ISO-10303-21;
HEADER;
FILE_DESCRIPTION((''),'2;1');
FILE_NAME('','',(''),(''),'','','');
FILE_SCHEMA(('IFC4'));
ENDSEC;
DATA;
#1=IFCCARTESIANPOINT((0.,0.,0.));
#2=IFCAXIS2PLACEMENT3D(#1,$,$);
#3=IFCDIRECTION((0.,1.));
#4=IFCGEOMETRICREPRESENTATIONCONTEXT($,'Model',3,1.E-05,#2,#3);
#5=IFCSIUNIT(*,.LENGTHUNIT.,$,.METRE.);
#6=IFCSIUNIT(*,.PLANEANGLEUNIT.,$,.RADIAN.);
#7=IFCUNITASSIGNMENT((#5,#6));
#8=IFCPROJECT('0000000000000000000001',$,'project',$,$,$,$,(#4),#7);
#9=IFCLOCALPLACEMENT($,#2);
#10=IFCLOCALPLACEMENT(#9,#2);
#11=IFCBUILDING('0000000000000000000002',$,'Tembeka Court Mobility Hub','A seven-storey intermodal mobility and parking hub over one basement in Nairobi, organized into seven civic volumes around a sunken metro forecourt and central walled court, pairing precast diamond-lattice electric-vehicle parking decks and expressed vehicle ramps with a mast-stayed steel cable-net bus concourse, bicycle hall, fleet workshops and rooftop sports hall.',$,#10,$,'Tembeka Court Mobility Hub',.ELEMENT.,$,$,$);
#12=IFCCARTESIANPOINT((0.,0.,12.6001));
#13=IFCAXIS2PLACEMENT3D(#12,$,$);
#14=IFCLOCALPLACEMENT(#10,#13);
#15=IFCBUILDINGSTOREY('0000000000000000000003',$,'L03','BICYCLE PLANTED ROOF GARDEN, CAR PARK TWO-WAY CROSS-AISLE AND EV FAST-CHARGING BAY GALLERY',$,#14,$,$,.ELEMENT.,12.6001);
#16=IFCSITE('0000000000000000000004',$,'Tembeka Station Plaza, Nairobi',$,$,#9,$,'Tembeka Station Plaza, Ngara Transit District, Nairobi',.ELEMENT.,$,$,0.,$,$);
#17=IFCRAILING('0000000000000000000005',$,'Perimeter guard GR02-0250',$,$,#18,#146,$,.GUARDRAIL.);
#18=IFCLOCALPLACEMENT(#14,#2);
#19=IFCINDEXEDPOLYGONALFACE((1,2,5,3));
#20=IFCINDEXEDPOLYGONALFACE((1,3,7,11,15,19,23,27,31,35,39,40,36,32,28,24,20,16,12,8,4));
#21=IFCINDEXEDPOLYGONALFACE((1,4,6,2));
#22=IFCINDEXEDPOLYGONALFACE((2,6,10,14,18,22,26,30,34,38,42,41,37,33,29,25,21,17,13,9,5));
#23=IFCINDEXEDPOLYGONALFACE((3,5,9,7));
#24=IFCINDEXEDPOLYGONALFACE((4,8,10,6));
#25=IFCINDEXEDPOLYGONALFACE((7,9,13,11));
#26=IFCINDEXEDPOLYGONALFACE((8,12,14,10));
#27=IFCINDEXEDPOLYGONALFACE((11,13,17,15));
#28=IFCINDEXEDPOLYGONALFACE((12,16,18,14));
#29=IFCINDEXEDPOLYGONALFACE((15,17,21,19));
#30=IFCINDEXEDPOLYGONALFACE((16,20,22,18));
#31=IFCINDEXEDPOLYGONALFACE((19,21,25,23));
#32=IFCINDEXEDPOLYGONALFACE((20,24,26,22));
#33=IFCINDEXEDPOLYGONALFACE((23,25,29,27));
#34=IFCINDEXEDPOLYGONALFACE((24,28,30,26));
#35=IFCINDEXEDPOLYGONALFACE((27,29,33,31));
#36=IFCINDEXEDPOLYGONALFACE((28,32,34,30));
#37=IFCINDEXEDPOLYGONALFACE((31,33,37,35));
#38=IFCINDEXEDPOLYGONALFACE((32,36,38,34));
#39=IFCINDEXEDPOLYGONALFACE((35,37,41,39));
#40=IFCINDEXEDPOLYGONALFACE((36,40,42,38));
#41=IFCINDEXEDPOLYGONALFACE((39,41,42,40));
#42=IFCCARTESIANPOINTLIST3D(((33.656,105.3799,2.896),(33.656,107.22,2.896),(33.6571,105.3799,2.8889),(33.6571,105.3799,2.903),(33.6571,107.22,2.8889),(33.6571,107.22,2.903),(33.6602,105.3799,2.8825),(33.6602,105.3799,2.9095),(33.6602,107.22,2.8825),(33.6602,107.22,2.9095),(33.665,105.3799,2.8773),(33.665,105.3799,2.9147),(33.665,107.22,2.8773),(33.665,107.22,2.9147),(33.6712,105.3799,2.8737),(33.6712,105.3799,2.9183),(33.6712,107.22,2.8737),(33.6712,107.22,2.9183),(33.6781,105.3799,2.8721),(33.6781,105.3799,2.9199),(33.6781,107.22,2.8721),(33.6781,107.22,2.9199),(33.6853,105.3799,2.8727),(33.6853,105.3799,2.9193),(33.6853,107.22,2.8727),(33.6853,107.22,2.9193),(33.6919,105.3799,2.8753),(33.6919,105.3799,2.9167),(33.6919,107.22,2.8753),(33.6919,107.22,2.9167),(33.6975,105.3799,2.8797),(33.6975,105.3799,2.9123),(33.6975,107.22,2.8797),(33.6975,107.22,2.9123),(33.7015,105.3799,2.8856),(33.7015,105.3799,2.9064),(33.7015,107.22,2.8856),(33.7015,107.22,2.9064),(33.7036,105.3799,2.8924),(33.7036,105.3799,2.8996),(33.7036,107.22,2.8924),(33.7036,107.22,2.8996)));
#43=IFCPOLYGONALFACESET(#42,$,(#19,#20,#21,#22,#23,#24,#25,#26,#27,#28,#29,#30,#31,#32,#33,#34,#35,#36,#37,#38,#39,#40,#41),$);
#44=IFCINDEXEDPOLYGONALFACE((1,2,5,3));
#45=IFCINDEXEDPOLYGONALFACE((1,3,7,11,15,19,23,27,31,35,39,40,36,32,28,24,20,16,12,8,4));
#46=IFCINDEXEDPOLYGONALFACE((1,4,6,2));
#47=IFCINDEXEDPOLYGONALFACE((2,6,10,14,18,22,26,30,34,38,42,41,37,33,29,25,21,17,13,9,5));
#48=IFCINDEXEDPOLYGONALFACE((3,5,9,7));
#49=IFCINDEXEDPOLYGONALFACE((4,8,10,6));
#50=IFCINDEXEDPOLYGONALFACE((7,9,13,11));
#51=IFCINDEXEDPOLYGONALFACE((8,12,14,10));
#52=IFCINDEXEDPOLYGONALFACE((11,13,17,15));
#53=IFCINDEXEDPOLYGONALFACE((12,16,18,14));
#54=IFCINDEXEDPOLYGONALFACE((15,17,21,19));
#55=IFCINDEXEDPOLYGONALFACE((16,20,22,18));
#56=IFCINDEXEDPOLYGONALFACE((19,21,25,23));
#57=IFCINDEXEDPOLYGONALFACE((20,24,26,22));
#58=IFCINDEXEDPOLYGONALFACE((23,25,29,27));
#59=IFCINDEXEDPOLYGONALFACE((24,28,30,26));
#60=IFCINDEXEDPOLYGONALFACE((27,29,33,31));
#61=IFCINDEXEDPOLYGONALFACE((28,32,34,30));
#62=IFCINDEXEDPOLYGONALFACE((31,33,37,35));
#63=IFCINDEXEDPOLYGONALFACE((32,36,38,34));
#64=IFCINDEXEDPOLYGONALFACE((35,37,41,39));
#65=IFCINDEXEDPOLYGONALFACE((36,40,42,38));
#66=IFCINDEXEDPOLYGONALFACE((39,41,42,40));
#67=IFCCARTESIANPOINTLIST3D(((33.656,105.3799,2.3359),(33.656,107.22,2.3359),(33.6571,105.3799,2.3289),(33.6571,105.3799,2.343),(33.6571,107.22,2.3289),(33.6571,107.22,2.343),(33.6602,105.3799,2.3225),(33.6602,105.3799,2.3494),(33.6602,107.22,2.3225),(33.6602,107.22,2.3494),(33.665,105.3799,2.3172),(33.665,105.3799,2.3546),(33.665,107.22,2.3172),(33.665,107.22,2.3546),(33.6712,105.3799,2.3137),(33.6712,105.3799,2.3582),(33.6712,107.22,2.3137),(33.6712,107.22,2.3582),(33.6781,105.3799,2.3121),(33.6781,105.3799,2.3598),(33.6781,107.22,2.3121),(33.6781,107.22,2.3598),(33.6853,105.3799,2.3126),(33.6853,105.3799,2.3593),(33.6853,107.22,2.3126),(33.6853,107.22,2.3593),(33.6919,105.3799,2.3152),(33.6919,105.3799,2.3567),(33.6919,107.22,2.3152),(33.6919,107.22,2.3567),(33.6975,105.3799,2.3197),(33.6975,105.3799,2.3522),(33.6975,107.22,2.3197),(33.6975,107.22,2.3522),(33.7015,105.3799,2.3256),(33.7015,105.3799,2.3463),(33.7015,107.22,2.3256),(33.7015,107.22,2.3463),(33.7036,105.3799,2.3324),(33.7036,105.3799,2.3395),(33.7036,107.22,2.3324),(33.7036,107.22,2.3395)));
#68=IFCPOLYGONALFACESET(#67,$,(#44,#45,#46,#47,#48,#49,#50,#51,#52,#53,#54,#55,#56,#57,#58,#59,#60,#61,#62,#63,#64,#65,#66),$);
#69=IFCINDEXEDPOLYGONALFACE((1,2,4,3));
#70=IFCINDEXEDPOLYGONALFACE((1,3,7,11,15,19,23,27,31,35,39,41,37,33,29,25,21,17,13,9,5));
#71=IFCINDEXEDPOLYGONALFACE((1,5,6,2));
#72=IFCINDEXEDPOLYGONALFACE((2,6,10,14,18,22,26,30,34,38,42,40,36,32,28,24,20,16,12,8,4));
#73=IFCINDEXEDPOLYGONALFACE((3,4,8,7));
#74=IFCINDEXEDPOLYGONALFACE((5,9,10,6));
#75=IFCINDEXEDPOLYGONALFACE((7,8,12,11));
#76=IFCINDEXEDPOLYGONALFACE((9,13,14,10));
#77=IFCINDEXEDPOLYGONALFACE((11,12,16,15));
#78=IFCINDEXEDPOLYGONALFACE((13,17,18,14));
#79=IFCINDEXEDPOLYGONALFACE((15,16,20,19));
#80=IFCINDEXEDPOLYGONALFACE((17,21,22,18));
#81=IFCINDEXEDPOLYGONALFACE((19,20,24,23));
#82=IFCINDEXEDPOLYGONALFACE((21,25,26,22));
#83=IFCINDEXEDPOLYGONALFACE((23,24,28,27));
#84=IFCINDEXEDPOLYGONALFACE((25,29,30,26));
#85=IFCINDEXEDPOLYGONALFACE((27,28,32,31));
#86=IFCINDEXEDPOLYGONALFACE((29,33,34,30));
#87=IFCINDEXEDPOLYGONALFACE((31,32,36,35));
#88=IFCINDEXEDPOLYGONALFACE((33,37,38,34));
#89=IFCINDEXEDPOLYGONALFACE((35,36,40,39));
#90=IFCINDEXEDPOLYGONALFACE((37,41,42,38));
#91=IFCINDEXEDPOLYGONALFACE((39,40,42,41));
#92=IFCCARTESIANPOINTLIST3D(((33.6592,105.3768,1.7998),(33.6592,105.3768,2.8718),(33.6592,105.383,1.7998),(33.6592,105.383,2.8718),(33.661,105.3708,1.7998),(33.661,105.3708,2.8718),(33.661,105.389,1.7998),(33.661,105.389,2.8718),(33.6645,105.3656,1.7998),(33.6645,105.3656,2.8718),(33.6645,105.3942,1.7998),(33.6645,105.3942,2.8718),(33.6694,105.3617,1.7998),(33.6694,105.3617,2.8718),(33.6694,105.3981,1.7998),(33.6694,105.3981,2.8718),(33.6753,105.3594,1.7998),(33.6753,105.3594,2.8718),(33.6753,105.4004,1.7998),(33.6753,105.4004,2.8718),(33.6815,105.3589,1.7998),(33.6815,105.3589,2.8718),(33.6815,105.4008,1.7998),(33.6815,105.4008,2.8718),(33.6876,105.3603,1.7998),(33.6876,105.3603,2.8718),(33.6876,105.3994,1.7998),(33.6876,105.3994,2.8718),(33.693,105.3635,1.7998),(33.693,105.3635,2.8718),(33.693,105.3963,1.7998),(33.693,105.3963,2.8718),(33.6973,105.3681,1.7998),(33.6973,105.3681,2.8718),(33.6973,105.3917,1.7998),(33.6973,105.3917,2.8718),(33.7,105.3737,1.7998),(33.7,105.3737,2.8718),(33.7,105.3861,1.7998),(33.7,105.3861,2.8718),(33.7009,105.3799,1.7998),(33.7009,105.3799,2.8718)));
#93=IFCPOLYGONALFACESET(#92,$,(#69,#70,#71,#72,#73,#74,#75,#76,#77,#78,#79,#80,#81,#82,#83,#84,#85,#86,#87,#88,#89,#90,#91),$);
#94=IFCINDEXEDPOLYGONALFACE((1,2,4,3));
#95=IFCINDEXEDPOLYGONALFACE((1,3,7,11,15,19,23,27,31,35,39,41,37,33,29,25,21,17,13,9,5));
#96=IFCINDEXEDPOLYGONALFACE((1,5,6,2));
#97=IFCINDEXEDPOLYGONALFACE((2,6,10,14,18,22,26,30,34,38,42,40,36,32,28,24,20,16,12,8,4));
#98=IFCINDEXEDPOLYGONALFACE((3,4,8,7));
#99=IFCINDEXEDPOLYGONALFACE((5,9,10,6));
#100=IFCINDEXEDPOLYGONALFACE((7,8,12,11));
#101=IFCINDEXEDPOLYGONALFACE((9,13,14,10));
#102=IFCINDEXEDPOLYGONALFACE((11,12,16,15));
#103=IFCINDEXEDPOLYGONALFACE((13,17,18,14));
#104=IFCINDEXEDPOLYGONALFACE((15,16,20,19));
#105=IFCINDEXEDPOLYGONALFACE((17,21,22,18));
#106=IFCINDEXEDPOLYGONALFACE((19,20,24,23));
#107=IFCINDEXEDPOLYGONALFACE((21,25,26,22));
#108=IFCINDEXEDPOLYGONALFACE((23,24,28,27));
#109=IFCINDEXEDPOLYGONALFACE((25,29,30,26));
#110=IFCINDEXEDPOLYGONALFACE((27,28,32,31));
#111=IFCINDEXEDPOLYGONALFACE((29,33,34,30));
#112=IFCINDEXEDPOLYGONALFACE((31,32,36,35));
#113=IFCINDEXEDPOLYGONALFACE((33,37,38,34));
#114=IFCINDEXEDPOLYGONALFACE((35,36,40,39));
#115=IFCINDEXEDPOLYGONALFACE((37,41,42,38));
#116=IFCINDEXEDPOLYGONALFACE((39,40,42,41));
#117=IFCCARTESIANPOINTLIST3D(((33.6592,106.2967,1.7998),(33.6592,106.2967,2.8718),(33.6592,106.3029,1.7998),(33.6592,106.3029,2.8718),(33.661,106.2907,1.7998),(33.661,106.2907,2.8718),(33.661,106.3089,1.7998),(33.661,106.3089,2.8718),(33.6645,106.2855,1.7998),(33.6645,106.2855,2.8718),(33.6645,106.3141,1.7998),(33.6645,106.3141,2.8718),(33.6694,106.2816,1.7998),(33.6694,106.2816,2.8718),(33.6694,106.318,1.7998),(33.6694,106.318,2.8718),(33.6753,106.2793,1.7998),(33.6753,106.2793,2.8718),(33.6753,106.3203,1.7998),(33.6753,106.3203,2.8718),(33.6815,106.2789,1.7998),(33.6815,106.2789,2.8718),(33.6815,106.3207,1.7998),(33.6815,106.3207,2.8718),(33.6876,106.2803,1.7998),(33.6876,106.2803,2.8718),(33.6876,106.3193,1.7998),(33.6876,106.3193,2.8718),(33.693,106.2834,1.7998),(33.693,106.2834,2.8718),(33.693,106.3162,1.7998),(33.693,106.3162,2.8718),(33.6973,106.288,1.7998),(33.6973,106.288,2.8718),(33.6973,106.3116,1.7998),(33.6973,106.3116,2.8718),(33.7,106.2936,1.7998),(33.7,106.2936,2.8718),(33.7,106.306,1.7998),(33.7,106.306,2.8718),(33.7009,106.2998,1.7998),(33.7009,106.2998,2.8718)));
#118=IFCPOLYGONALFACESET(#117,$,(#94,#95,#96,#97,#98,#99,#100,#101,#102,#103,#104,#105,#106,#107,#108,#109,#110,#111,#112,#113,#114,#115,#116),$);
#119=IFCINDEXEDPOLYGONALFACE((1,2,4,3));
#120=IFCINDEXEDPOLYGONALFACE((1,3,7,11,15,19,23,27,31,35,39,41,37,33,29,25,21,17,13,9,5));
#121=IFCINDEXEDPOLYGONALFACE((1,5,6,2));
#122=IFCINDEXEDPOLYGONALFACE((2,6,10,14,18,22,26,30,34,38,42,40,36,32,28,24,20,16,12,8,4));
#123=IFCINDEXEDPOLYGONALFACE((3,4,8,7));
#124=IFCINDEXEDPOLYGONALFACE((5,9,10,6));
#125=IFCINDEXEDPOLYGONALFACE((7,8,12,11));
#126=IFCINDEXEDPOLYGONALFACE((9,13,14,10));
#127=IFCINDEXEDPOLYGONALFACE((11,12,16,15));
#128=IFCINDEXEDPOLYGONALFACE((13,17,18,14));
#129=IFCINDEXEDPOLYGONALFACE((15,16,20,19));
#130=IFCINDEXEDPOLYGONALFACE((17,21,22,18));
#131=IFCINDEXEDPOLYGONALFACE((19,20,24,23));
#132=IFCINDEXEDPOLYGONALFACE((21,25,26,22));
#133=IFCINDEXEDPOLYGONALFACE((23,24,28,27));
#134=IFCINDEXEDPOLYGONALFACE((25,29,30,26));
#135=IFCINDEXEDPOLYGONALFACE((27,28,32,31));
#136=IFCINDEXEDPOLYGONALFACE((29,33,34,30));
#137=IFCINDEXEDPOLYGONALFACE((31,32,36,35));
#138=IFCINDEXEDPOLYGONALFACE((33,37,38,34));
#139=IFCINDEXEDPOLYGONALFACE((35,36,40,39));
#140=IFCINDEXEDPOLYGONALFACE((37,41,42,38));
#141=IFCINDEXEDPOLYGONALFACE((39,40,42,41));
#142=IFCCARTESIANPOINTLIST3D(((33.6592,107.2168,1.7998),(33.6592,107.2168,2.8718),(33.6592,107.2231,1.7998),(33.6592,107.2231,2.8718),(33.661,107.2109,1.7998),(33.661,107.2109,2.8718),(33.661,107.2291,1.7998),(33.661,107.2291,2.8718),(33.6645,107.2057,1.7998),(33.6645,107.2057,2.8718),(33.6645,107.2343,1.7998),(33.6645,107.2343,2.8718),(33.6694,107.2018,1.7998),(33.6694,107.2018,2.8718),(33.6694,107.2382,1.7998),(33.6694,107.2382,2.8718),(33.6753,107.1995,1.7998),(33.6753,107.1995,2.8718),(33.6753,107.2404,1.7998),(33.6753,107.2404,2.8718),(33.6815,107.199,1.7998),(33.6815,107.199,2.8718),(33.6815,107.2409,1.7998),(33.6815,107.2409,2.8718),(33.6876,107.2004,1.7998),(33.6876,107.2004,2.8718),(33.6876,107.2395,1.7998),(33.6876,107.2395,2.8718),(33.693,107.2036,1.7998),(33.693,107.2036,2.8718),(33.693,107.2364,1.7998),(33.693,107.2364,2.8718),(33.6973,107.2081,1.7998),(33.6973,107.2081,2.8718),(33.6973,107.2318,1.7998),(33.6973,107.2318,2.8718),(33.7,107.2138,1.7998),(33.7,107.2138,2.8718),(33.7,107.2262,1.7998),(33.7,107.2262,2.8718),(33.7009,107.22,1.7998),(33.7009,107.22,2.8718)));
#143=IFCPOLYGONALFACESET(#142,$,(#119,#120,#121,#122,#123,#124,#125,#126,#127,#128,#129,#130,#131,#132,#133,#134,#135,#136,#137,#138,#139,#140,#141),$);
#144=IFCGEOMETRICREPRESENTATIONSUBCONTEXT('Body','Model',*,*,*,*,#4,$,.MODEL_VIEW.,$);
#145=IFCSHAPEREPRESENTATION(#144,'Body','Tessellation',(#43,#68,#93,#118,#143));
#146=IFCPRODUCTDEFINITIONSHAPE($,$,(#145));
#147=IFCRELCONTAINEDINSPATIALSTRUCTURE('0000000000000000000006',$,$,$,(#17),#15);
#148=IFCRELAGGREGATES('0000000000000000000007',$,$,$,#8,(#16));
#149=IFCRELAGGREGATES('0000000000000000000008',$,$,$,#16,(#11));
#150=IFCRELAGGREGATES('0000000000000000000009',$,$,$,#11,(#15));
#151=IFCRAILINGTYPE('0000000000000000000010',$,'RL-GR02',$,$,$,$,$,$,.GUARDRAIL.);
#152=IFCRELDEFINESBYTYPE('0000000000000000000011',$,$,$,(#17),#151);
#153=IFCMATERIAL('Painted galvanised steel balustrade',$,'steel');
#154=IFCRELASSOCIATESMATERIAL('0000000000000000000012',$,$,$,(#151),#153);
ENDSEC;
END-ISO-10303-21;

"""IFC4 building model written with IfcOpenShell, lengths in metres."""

from ifc_helpers import new_model, si_unit, direction, frame, origin, origin_2d, place, context, subcontext, project, spatial, circle, extrude, material, type_object, element, save


model = new_model("IFC4")

# Units and contexts
model_context = context("Model", 3, precision=1e-05, world=origin(), true_north=direction((0.0, 1.0)))
body_context = subcontext(model_context, "Body", "Model", "MODEL_VIEW")
ifc_project = project(units=[si_unit("LENGTHUNIT", "METRE"), si_unit("PLANEANGLEUNIT", "RADIAN")], contexts=[model_context])

# Site, building, storey
site_placement = place(None, origin())
site = spatial("IfcSite", under=ifc_project, at=site_placement, Name="Tembeka Station Plaza, Nairobi", LongName="Tembeka Station Plaza, Ngara Transit District, Nairobi", CompositionType="ELEMENT", RefElevation=0.0)
building_placement = place(site_placement, origin())
building = spatial("IfcBuilding", under=site, at=building_placement, Name="Tembeka Court Mobility Hub", Description="A seven-storey intermodal mobility and parking hub over one basement in Nairobi, organized into seven civic volumes around a sunken metro forecourt and central walled court, pairing precast diamond-lattice electric-vehicle parking decks and expressed vehicle ramps with a mast-stayed steel cable-net bus concourse, bicycle hall, fleet workshops and rooftop sports hall.", LongName="Tembeka Court Mobility Hub", CompositionType="ELEMENT")
storey_placement = place(building_placement, frame((0.0, 0.0, 12.6001)))
storey = spatial("IfcBuildingStorey", under=building, at=storey_placement, Name="L03", Description="BICYCLE PLANTED ROOF GARDEN, CAR PARK TWO-WAY CROSS-AISLE AND EV FAST-CHARGING BAY GALLERY", CompositionType="ELEMENT", Elevation=12.6001)

# Railing
ifc_material_1 = material(Name="Painted galvanised steel balustrade", Category="steel")
railing_type_1 = type_object("IfcRailingType", Name="RL-GR02", PredefinedType="GUARDRAIL", material=ifc_material_1)
railing_1_placement = place(storey_placement, frame((33.6799, 105.3799, 1.7998)))
element("IfcRailing", 1, at=railing_1_placement, inside=storey, type_object=railing_type_1, Name="Perimeter guard GR02-0250", PredefinedType="GUARDRAIL", context=body_context, shape_type="SweptSolid", body=[
    extrude(circle(Radius=0.0239, at=origin_2d()), frame((0.0, 0.0, 1.0962), z_axis=(0.0, 1.0, 0.0), x_axis=(-1.0, 0.0, 0.0)), (0.0, 0.0, 1.0), 1.8401),
    extrude(circle(Radius=0.0239, at=origin_2d()), frame((0.0, 0.0, 0.5361), z_axis=(0.0, 1.0, 0.0), x_axis=(-1.0, 0.0, 0.0)), (0.0, 0.0, 1.0), 1.8401),
    extrude(circle(Radius=0.021, at=origin_2d()), origin(), (0.0, 0.0, 1.0), 1.072),
    extrude(circle(Radius=0.021, at=origin_2d()), frame((0.0, 0.9199, 0.0)), (0.0, 0.0, 1.0), 1.072),
    extrude(circle(Radius=0.021, at=origin_2d()), frame((0.0, 1.8401, 0.0)), (0.0, 0.0, 1.0), 1.072),
])

save(model, "model.ifc")
